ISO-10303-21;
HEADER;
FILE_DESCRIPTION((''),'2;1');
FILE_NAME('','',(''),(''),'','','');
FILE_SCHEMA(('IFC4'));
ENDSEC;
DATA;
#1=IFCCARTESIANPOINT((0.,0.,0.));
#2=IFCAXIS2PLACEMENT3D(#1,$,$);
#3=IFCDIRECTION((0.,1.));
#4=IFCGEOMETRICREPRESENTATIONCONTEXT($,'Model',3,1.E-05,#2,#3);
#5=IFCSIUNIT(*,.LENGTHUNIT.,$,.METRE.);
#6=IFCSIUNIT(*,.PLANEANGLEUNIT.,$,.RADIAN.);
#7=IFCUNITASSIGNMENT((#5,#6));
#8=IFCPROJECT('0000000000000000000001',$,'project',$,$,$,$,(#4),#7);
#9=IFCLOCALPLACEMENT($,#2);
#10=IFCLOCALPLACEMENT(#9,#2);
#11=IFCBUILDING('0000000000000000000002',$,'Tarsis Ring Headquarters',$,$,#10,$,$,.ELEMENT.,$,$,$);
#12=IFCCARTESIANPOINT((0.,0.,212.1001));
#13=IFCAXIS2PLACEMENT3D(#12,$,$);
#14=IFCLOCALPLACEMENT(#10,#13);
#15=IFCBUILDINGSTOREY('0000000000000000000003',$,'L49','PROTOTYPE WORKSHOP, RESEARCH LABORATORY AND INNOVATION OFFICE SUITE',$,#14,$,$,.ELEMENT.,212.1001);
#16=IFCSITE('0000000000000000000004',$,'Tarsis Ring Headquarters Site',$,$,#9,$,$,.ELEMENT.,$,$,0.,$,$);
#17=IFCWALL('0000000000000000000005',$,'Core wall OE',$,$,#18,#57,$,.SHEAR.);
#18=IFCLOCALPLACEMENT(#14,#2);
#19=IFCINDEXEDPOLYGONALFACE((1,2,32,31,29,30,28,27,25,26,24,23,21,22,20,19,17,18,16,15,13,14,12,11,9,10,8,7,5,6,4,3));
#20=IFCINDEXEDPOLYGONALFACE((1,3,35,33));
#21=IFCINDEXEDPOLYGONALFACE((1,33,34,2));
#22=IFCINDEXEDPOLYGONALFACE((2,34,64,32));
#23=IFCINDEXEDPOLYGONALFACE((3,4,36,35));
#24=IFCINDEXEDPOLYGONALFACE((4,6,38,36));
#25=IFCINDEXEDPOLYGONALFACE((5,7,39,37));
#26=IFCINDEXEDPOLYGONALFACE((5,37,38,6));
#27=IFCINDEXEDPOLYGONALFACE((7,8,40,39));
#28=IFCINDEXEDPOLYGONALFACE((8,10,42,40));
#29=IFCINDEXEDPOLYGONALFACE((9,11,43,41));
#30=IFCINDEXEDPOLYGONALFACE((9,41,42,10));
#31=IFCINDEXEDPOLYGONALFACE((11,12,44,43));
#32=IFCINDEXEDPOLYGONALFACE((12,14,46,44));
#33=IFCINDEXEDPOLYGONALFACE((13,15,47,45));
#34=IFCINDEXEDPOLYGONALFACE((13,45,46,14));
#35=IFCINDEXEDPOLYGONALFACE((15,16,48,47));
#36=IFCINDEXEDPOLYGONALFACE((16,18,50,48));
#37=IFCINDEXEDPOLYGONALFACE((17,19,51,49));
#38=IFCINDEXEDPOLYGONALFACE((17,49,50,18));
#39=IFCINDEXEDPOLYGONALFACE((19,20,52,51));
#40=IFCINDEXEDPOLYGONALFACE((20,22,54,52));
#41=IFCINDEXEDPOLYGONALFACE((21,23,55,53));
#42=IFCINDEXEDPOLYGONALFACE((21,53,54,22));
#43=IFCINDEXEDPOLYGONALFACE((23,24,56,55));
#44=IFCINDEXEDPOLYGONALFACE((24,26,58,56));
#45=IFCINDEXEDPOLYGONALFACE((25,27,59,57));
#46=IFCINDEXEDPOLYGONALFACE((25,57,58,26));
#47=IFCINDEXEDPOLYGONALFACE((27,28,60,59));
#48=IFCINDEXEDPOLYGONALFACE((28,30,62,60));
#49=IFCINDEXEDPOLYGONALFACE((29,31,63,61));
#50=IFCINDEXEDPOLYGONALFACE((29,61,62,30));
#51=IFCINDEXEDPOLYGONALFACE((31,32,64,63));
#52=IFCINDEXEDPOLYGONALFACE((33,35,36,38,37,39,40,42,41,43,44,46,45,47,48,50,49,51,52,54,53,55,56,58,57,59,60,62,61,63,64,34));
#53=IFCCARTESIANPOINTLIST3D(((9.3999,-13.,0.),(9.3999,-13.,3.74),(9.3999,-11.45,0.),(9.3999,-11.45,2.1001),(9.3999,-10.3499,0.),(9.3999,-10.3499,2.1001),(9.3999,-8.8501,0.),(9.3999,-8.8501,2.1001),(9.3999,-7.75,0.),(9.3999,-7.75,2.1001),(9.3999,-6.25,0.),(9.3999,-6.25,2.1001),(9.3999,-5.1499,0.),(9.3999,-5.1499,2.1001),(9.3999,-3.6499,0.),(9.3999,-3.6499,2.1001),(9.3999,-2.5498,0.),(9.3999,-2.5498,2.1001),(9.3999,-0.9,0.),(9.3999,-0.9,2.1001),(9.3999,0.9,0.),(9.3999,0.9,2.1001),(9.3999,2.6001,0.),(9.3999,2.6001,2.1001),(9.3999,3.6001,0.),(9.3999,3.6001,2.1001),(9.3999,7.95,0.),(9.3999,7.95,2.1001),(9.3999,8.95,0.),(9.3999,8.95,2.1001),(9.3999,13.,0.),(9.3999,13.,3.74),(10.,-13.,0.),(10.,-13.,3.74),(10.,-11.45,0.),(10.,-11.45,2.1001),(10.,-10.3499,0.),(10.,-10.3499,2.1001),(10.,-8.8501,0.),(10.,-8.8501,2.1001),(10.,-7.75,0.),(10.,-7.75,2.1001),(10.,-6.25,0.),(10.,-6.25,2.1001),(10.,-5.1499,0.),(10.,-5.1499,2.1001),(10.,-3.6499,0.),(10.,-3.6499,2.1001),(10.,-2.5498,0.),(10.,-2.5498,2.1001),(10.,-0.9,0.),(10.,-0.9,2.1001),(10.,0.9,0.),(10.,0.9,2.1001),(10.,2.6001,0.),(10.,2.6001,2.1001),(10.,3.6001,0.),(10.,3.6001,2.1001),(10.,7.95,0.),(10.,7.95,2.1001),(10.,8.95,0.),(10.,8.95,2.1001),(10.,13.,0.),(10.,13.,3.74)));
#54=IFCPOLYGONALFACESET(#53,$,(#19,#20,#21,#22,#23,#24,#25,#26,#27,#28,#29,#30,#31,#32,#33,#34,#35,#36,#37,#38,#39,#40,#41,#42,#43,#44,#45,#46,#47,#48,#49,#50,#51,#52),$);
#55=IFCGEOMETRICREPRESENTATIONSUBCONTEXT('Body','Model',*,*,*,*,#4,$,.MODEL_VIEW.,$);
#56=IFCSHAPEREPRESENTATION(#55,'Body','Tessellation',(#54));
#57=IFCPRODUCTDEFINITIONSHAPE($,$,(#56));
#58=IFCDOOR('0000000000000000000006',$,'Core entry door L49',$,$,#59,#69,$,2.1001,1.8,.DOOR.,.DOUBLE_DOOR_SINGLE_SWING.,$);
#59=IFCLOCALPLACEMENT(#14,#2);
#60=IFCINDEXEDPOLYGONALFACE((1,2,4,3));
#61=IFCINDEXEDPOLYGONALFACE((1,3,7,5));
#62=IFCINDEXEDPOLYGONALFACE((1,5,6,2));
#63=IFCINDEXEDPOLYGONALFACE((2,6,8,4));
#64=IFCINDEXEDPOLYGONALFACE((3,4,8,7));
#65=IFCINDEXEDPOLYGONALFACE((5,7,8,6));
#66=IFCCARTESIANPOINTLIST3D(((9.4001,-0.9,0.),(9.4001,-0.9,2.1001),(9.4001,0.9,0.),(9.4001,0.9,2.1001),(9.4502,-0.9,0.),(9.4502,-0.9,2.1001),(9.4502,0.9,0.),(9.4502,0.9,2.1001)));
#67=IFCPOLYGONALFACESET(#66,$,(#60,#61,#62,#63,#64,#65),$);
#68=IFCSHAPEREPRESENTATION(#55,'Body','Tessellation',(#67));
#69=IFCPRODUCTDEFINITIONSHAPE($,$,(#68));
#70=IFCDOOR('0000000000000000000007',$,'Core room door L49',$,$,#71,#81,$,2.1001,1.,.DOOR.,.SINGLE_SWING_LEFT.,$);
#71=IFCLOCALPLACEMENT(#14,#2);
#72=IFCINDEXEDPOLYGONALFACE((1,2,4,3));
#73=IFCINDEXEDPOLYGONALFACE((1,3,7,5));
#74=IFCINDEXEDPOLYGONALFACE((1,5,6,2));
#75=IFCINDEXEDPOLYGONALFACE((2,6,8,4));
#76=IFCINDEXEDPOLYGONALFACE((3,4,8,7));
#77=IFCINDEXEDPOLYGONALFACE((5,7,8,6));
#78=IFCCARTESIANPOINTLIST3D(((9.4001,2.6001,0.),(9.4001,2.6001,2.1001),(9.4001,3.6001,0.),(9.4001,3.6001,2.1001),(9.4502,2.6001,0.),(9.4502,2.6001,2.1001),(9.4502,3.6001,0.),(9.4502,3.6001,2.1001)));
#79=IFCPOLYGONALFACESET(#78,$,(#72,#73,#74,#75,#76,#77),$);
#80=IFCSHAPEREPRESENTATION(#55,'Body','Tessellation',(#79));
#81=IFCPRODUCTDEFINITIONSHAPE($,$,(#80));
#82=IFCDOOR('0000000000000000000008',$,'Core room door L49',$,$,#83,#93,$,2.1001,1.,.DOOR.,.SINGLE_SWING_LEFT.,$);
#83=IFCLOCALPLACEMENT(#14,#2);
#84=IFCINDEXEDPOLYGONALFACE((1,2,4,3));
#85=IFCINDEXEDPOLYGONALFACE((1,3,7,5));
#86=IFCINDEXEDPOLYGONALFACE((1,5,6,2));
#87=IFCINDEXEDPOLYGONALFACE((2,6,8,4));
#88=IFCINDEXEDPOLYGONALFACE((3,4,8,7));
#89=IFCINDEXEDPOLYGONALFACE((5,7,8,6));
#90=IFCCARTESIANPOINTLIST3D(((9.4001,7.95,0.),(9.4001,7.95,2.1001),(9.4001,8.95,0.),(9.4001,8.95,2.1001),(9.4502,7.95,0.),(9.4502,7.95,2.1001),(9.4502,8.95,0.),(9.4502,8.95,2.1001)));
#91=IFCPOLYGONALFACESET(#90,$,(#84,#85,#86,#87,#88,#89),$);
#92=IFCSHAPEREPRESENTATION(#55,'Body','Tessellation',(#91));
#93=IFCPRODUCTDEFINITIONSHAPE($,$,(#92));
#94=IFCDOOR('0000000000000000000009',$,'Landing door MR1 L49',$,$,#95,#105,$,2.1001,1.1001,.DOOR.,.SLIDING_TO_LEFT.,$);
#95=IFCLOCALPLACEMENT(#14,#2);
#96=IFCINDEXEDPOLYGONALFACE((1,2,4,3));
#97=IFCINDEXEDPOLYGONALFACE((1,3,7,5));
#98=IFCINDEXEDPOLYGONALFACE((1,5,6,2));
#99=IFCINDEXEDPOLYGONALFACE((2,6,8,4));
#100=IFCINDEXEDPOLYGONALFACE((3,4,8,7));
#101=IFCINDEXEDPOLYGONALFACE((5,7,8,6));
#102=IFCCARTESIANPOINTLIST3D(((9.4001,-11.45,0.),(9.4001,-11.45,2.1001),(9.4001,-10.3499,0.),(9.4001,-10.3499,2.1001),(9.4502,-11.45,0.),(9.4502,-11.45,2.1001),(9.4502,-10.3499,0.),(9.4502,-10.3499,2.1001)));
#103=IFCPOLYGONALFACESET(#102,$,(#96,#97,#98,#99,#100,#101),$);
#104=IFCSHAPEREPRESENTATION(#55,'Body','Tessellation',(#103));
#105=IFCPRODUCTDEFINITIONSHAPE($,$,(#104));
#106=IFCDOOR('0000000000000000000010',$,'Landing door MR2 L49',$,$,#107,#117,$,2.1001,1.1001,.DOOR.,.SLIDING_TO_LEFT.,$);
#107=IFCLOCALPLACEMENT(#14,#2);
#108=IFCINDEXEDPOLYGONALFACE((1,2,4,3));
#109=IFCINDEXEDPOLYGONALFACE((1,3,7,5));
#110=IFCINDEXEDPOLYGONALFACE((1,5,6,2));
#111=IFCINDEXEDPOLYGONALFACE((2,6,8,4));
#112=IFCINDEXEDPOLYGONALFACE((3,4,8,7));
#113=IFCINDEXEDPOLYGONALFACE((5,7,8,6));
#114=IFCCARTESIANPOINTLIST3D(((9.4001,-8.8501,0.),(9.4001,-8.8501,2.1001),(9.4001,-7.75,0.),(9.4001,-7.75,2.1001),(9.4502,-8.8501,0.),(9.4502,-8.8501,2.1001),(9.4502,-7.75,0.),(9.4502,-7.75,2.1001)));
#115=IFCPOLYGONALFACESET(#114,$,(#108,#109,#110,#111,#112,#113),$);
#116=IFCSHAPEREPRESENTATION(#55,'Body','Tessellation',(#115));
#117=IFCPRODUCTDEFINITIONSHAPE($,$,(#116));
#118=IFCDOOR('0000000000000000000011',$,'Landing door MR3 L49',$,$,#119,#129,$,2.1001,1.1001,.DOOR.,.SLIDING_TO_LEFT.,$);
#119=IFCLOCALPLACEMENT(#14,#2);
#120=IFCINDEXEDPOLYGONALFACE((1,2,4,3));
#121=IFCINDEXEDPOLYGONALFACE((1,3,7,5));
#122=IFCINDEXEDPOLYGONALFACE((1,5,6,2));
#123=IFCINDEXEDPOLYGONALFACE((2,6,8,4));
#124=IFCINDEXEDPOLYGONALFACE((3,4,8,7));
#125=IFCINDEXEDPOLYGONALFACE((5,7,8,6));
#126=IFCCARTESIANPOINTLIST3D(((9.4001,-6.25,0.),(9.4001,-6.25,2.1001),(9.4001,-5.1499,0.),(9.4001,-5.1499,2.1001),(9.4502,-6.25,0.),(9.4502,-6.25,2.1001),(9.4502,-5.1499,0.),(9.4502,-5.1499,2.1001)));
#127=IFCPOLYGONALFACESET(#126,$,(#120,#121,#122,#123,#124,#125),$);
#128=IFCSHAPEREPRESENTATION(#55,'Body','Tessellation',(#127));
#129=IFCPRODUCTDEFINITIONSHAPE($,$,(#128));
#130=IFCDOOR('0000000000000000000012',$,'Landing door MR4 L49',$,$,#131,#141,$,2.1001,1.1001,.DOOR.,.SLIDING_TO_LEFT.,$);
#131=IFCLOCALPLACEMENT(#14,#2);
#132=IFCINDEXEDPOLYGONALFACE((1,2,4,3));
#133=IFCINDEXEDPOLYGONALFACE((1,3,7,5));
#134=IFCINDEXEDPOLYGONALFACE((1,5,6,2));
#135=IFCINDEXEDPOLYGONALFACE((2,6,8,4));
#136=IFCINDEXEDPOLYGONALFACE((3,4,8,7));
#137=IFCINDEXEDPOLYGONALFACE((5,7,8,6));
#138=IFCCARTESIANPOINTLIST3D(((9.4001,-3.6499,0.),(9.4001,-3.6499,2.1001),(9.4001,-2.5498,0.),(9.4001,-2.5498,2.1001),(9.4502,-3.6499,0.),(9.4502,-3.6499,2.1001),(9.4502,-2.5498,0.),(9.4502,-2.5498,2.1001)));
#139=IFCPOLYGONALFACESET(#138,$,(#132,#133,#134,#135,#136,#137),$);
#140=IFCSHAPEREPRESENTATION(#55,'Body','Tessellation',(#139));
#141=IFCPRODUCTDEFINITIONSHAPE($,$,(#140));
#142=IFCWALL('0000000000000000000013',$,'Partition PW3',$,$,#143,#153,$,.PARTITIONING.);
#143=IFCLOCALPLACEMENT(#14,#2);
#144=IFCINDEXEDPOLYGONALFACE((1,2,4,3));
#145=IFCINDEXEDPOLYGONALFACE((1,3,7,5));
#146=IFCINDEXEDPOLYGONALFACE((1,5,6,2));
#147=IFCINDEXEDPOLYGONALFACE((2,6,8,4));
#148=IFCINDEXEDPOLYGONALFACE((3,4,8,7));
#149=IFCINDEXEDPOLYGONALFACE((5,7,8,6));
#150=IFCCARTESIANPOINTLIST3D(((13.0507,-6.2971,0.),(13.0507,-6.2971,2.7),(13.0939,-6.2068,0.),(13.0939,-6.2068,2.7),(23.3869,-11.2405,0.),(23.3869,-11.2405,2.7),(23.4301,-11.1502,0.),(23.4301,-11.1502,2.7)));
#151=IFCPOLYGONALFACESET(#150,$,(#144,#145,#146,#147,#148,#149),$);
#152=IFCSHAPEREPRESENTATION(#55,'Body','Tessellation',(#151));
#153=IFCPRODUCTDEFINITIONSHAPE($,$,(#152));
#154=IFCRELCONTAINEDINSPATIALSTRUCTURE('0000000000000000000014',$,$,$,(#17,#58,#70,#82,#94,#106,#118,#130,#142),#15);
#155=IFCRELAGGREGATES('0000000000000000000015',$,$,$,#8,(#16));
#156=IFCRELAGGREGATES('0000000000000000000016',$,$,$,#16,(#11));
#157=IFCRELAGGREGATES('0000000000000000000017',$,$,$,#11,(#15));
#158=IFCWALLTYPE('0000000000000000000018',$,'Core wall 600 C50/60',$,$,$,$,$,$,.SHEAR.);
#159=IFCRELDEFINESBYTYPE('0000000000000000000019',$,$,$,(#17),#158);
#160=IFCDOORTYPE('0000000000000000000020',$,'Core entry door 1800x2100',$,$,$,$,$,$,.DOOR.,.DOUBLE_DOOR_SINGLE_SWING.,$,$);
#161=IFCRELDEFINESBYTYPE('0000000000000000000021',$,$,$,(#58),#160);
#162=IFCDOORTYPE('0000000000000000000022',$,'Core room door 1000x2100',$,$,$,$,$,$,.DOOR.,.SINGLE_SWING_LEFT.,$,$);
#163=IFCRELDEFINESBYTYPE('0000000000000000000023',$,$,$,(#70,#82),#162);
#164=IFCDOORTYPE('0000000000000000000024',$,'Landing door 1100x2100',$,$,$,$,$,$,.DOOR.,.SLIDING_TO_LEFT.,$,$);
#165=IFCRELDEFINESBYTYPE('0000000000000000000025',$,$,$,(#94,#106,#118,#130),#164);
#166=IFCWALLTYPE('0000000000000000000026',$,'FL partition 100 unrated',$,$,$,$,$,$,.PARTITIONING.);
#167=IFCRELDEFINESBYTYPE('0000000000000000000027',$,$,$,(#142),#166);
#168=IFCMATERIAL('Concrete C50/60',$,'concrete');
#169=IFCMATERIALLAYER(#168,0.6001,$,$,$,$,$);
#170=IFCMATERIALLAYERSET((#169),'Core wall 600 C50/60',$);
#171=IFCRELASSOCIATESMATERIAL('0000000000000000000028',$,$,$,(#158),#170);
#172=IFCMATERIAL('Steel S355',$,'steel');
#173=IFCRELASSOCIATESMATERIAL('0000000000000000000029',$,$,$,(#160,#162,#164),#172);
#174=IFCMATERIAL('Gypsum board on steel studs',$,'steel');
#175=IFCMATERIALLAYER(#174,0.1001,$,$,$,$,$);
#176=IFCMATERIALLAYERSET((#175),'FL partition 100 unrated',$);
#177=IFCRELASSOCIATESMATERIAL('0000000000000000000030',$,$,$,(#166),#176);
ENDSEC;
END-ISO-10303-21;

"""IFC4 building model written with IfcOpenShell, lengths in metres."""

from ifc_helpers import new_model, si_unit, direction, frame, frame_2d, origin, place, context, subcontext, project, spatial, rectangle, extrude, material, layer, layer_set, type_object, element, fill, save


model = new_model("IFC4")

# Units and contexts
model_context = context("Model", 3, precision=1e-05, world=origin(), true_north=direction((0.0, 1.0)))
body_context = subcontext(model_context, "Body", "Model", "MODEL_VIEW")
ifc_project = project(units=[si_unit("LENGTHUNIT", "METRE"), si_unit("PLANEANGLEUNIT", "RADIAN")], contexts=[model_context])

# Site, building, storey
site_placement = place(None, origin())
site = spatial("IfcSite", under=ifc_project, at=site_placement, Name="Tarsis Ring Headquarters Site", CompositionType="ELEMENT", RefElevation=0.0)
building_placement = place(site_placement, origin())
building = spatial("IfcBuilding", under=site, at=building_placement, Name="Tarsis Ring Headquarters", CompositionType="ELEMENT")
storey_placement = place(building_placement, frame((0.0, 0.0, 212.1001)))
storey = spatial("IfcBuildingStorey", under=building, at=storey_placement, Name="L49", Description="PROTOTYPE WORKSHOP, RESEARCH LABORATORY AND INNOVATION OFFICE SUITE", CompositionType="ELEMENT", Elevation=212.1001)

# Wall, openings, doors
ifc_material_1 = material(Name="Concrete C50/60", Category="concrete")
ifc_layer_1 = layer(ifc_material_1, 0.6001)
ifc_layer_set_1 = layer_set([ifc_layer_1], Name="Core wall 600 C50/60")
wall_type_1 = type_object("IfcWallType", Name="Core wall 600 C50/60", PredefinedType="SHEAR", material=ifc_layer_set_1)
wall_1_placement = place(storey_placement, frame((9.7, -13.0, 0.0), z_axis=(0.0, 0.0, 1.0), x_axis=(0.0, 1.0, 0.0)))
wall_1 = element("IfcWall", 1, at=wall_1_placement, inside=storey, type_object=wall_type_1, Name="Core wall OE", PredefinedType="SHEAR", context=body_context, shape_type="SweptSolid", body=[
    extrude(rectangle(XDim=26.0, YDim=0.6001, at=frame_2d((13.0, 0.0))), origin(), (0.0, 0.0, 1.0), 3.74),
])
opening_1_placement = place(wall_1_placement, frame((1.55, 0.0, 0.0)))
opening_1 = element("IfcOpeningElement", 2, at=opening_1_placement, cuts=wall_1, PredefinedType="OPENING", context=body_context, shape_type="SweptSolid", body=[
    extrude(rectangle(XDim=1.1001, YDim=2.1001, at=frame_2d((0.55, 1.05))), frame((0.0, 0.3101, 0.0), z_axis=(0.0, -1.0, 0.0), x_axis=(1.0, 0.0, 0.0)), (0.0, 0.0, 1.0), 0.6201),
])
opening_2_placement = place(wall_1_placement, frame((4.1499, 0.0, 0.0)))
opening_2 = element("IfcOpeningElement", 3, at=opening_2_placement, cuts=wall_1, PredefinedType="OPENING", context=body_context, shape_type="SweptSolid", body=[
    extrude(rectangle(XDim=1.1001, YDim=2.1001, at=frame_2d((0.55, 1.05))), frame((0.0, 0.3101, 0.0), z_axis=(0.0, -1.0, 0.0), x_axis=(1.0, 0.0, 0.0)), (0.0, 0.0, 1.0), 0.6201),
])
opening_3_placement = place(wall_1_placement, frame((6.75, 0.0, 0.0)))
opening_3 = element("IfcOpeningElement", 4, at=opening_3_placement, cuts=wall_1, PredefinedType="OPENING", context=body_context, shape_type="SweptSolid", body=[
    extrude(rectangle(XDim=1.1001, YDim=2.1001, at=frame_2d((0.55, 1.05))), frame((0.0, 0.3101, 0.0), z_axis=(0.0, -1.0, 0.0), x_axis=(1.0, 0.0, 0.0)), (0.0, 0.0, 1.0), 0.6201),
])
opening_4_placement = place(wall_1_placement, frame((9.3501, 0.0, 0.0)))
opening_4 = element("IfcOpeningElement", 5, at=opening_4_placement, cuts=wall_1, PredefinedType="OPENING", context=body_context, shape_type="SweptSolid", body=[
    extrude(rectangle(XDim=1.1001, YDim=2.1001, at=frame_2d((0.55, 1.05))), frame((0.0, 0.3101, 0.0), z_axis=(0.0, -1.0, 0.0), x_axis=(1.0, 0.0, 0.0)), (0.0, 0.0, 1.0), 0.6201),
])
opening_5_placement = place(wall_1_placement, frame((12.1001, 0.0, 0.0)))
opening_5 = element("IfcOpeningElement", 6, at=opening_5_placement, cuts=wall_1, PredefinedType="OPENING", context=body_context, shape_type="SweptSolid", body=[
    extrude(rectangle(XDim=1.8, YDim=2.1001, at=frame_2d((0.8999, 1.05))), frame((0.0, 0.3101, 0.0), z_axis=(0.0, -1.0, 0.0), x_axis=(1.0, 0.0, 0.0)), (0.0, 0.0, 1.0), 0.6201),
])
opening_6_placement = place(wall_1_placement, frame((15.6001, 0.0, 0.0)))
opening_6 = element("IfcOpeningElement", 7, at=opening_6_placement, cuts=wall_1, PredefinedType="OPENING", context=body_context, shape_type="SweptSolid", body=[
    extrude(rectangle(XDim=1.0, YDim=2.1001, at=frame_2d((0.5, 1.05))), frame((0.0, 0.3101, 0.0), z_axis=(0.0, -1.0, 0.0), x_axis=(1.0, 0.0, 0.0)), (0.0, 0.0, 1.0), 0.6201),
])
opening_7_placement = place(wall_1_placement, frame((20.95, 0.0, 0.0)))
opening_7 = element("IfcOpeningElement", 8, at=opening_7_placement, cuts=wall_1, PredefinedType="OPENING", context=body_context, shape_type="SweptSolid", body=[
    extrude(rectangle(XDim=1.0, YDim=2.1001, at=frame_2d((0.5, 1.05))), frame((0.0, 0.3101, 0.0), z_axis=(0.0, -1.0, 0.0), x_axis=(1.0, 0.0, 0.0)), (0.0, 0.0, 1.0), 0.6201),
])
ifc_material_2 = material(Name="Steel S355", Category="steel")
door_type_1 = type_object("IfcDoorType", Name="Core entry door 1800x2100", OperationType="DOUBLE_DOOR_SINGLE_SWING", PredefinedType="DOOR", material=ifc_material_2)
door_1_placement = place(opening_5_placement, origin())
door_1 = element("IfcDoor", 9, at=door_1_placement, inside=storey, type_object=door_type_1, Name="Core entry door L49", OperationType="DOUBLE_DOOR_SINGLE_SWING", OverallHeight=2.1001, OverallWidth=1.8, PredefinedType="DOOR", context=body_context, shape_type="SweptSolid", body=[
    extrude(rectangle(XDim=1.8, YDim=2.1001, at=frame_2d((0.8999, 1.05))), frame((0.0, 0.2998, 0.0), z_axis=(0.0, -1.0, 0.0), x_axis=(1.0, 0.0, 0.0)), (0.0, 0.0, 1.0), 0.05),
])
fill(opening_5, door_1)
door_type_2 = type_object("IfcDoorType", Name="Core room door 1000x2100", OperationType="SINGLE_SWING_LEFT", PredefinedType="DOOR", material=ifc_material_2)
door_2_placement = place(opening_6_placement, origin())
door_2 = element("IfcDoor", 10, at=door_2_placement, inside=storey, type_object=door_type_2, Name="Core room door L49", OperationType="SINGLE_SWING_LEFT", OverallHeight=2.1001, OverallWidth=1.0, PredefinedType="DOOR", context=body_context, shape_type="SweptSolid", body=[
    extrude(rectangle(XDim=1.0, YDim=2.1001, at=frame_2d((0.5, 1.05))), frame((0.0, 0.2998, 0.0), z_axis=(0.0, -1.0, 0.0), x_axis=(1.0, 0.0, 0.0)), (0.0, 0.0, 1.0), 0.05),
])
fill(opening_6, door_2)
door_3_placement = place(opening_7_placement, origin())
door_3 = element("IfcDoor", 11, at=door_3_placement, inside=storey, type_object=door_type_2, Name="Core room door L49", OperationType="SINGLE_SWING_LEFT", OverallHeight=2.1001, OverallWidth=1.0, PredefinedType="DOOR", context=body_context, shape_type="SweptSolid", body=[
    extrude(rectangle(XDim=1.0, YDim=2.1001, at=frame_2d((0.5, 1.05))), frame((0.0, 0.2998, 0.0), z_axis=(0.0, -1.0, 0.0), x_axis=(1.0, 0.0, 0.0)), (0.0, 0.0, 1.0), 0.05),
])
fill(opening_7, door_3)
door_type_3 = type_object("IfcDoorType", Name="Landing door 1100x2100", OperationType="SLIDING_TO_LEFT", PredefinedType="DOOR", material=ifc_material_2)
door_4_placement = place(opening_1_placement, origin())
door_4 = element("IfcDoor", 12, at=door_4_placement, inside=storey, type_object=door_type_3, Name="Landing door MR1 L49", OperationType="SLIDING_TO_LEFT", OverallHeight=2.1001, OverallWidth=1.1001, PredefinedType="DOOR", context=body_context, shape_type="SweptSolid", body=[
    extrude(rectangle(XDim=1.1001, YDim=2.1001, at=frame_2d((0.55, 1.05))), frame((0.0, 0.2998, 0.0), z_axis=(0.0, -1.0, 0.0), x_axis=(1.0, 0.0, 0.0)), (0.0, 0.0, 1.0), 0.05),
])
fill(opening_1, door_4)
door_5_placement = place(opening_2_placement, origin())
door_5 = element("IfcDoor", 13, at=door_5_placement, inside=storey, type_object=door_type_3, Name="Landing door MR2 L49", OperationType="SLIDING_TO_LEFT", OverallHeight=2.1001, OverallWidth=1.1001, PredefinedType="DOOR", context=body_context, shape_type="SweptSolid", body=[
    extrude(rectangle(XDim=1.1001, YDim=2.1001, at=frame_2d((0.55, 1.05))), frame((0.0, 0.2998, 0.0), z_axis=(0.0, -1.0, 0.0), x_axis=(1.0, 0.0, 0.0)), (0.0, 0.0, 1.0), 0.05),
])
fill(opening_2, door_5)
door_6_placement = place(opening_3_placement, origin())
door_6 = element("IfcDoor", 14, at=door_6_placement, inside=storey, type_object=door_type_3, Name="Landing door MR3 L49", OperationType="SLIDING_TO_LEFT", OverallHeight=2.1001, OverallWidth=1.1001, PredefinedType="DOOR", context=body_context, shape_type="SweptSolid", body=[
    extrude(rectangle(XDim=1.1001, YDim=2.1001, at=frame_2d((0.55, 1.05))), frame((0.0, 0.2998, 0.0), z_axis=(0.0, -1.0, 0.0), x_axis=(1.0, 0.0, 0.0)), (0.0, 0.0, 1.0), 0.05),
])
fill(opening_3, door_6)
door_7_placement = place(opening_4_placement, origin())
door_7 = element("IfcDoor", 15, at=door_7_placement, inside=storey, type_object=door_type_3, Name="Landing door MR4 L49", OperationType="SLIDING_TO_LEFT", OverallHeight=2.1001, OverallWidth=1.1001, PredefinedType="DOOR", context=body_context, shape_type="SweptSolid", body=[
    extrude(rectangle(XDim=1.1001, YDim=2.1001, at=frame_2d((0.55, 1.05))), frame((0.0, 0.2998, 0.0), z_axis=(0.0, -1.0, 0.0), x_axis=(1.0, 0.0, 0.0)), (0.0, 0.0, 1.0), 0.05),
])
fill(opening_4, door_7)

# Wall
ifc_material_3 = material(Name="Gypsum board on steel studs", Category="steel")
ifc_layer_2 = layer(ifc_material_3, 0.1001)
ifc_layer_set_2 = layer_set([ifc_layer_2], Name="FL partition 100 unrated")
wall_type_2 = type_object("IfcWallType", Name="FL partition 100 unrated", PredefinedType="PARTITIONING", material=ifc_layer_set_2)
wall_2_placement = place(storey_placement, frame((13.0723, -6.252, 0.0), z_axis=(0.0, 0.0, 1.0), x_axis=(0.902135, -0.431453, 0.0)))
element("IfcWall", 16, at=wall_2_placement, inside=storey, type_object=wall_type_2, Name="Partition PW3", PredefinedType="PARTITIONING", context=body_context, shape_type="SweptSolid", body=[
    extrude(rectangle(XDim=11.4575, YDim=0.1001, at=frame_2d((5.7288, 0.0))), origin(), (0.0, 0.0, 1.0), 2.7),
])

save(model, "model.ifc")
